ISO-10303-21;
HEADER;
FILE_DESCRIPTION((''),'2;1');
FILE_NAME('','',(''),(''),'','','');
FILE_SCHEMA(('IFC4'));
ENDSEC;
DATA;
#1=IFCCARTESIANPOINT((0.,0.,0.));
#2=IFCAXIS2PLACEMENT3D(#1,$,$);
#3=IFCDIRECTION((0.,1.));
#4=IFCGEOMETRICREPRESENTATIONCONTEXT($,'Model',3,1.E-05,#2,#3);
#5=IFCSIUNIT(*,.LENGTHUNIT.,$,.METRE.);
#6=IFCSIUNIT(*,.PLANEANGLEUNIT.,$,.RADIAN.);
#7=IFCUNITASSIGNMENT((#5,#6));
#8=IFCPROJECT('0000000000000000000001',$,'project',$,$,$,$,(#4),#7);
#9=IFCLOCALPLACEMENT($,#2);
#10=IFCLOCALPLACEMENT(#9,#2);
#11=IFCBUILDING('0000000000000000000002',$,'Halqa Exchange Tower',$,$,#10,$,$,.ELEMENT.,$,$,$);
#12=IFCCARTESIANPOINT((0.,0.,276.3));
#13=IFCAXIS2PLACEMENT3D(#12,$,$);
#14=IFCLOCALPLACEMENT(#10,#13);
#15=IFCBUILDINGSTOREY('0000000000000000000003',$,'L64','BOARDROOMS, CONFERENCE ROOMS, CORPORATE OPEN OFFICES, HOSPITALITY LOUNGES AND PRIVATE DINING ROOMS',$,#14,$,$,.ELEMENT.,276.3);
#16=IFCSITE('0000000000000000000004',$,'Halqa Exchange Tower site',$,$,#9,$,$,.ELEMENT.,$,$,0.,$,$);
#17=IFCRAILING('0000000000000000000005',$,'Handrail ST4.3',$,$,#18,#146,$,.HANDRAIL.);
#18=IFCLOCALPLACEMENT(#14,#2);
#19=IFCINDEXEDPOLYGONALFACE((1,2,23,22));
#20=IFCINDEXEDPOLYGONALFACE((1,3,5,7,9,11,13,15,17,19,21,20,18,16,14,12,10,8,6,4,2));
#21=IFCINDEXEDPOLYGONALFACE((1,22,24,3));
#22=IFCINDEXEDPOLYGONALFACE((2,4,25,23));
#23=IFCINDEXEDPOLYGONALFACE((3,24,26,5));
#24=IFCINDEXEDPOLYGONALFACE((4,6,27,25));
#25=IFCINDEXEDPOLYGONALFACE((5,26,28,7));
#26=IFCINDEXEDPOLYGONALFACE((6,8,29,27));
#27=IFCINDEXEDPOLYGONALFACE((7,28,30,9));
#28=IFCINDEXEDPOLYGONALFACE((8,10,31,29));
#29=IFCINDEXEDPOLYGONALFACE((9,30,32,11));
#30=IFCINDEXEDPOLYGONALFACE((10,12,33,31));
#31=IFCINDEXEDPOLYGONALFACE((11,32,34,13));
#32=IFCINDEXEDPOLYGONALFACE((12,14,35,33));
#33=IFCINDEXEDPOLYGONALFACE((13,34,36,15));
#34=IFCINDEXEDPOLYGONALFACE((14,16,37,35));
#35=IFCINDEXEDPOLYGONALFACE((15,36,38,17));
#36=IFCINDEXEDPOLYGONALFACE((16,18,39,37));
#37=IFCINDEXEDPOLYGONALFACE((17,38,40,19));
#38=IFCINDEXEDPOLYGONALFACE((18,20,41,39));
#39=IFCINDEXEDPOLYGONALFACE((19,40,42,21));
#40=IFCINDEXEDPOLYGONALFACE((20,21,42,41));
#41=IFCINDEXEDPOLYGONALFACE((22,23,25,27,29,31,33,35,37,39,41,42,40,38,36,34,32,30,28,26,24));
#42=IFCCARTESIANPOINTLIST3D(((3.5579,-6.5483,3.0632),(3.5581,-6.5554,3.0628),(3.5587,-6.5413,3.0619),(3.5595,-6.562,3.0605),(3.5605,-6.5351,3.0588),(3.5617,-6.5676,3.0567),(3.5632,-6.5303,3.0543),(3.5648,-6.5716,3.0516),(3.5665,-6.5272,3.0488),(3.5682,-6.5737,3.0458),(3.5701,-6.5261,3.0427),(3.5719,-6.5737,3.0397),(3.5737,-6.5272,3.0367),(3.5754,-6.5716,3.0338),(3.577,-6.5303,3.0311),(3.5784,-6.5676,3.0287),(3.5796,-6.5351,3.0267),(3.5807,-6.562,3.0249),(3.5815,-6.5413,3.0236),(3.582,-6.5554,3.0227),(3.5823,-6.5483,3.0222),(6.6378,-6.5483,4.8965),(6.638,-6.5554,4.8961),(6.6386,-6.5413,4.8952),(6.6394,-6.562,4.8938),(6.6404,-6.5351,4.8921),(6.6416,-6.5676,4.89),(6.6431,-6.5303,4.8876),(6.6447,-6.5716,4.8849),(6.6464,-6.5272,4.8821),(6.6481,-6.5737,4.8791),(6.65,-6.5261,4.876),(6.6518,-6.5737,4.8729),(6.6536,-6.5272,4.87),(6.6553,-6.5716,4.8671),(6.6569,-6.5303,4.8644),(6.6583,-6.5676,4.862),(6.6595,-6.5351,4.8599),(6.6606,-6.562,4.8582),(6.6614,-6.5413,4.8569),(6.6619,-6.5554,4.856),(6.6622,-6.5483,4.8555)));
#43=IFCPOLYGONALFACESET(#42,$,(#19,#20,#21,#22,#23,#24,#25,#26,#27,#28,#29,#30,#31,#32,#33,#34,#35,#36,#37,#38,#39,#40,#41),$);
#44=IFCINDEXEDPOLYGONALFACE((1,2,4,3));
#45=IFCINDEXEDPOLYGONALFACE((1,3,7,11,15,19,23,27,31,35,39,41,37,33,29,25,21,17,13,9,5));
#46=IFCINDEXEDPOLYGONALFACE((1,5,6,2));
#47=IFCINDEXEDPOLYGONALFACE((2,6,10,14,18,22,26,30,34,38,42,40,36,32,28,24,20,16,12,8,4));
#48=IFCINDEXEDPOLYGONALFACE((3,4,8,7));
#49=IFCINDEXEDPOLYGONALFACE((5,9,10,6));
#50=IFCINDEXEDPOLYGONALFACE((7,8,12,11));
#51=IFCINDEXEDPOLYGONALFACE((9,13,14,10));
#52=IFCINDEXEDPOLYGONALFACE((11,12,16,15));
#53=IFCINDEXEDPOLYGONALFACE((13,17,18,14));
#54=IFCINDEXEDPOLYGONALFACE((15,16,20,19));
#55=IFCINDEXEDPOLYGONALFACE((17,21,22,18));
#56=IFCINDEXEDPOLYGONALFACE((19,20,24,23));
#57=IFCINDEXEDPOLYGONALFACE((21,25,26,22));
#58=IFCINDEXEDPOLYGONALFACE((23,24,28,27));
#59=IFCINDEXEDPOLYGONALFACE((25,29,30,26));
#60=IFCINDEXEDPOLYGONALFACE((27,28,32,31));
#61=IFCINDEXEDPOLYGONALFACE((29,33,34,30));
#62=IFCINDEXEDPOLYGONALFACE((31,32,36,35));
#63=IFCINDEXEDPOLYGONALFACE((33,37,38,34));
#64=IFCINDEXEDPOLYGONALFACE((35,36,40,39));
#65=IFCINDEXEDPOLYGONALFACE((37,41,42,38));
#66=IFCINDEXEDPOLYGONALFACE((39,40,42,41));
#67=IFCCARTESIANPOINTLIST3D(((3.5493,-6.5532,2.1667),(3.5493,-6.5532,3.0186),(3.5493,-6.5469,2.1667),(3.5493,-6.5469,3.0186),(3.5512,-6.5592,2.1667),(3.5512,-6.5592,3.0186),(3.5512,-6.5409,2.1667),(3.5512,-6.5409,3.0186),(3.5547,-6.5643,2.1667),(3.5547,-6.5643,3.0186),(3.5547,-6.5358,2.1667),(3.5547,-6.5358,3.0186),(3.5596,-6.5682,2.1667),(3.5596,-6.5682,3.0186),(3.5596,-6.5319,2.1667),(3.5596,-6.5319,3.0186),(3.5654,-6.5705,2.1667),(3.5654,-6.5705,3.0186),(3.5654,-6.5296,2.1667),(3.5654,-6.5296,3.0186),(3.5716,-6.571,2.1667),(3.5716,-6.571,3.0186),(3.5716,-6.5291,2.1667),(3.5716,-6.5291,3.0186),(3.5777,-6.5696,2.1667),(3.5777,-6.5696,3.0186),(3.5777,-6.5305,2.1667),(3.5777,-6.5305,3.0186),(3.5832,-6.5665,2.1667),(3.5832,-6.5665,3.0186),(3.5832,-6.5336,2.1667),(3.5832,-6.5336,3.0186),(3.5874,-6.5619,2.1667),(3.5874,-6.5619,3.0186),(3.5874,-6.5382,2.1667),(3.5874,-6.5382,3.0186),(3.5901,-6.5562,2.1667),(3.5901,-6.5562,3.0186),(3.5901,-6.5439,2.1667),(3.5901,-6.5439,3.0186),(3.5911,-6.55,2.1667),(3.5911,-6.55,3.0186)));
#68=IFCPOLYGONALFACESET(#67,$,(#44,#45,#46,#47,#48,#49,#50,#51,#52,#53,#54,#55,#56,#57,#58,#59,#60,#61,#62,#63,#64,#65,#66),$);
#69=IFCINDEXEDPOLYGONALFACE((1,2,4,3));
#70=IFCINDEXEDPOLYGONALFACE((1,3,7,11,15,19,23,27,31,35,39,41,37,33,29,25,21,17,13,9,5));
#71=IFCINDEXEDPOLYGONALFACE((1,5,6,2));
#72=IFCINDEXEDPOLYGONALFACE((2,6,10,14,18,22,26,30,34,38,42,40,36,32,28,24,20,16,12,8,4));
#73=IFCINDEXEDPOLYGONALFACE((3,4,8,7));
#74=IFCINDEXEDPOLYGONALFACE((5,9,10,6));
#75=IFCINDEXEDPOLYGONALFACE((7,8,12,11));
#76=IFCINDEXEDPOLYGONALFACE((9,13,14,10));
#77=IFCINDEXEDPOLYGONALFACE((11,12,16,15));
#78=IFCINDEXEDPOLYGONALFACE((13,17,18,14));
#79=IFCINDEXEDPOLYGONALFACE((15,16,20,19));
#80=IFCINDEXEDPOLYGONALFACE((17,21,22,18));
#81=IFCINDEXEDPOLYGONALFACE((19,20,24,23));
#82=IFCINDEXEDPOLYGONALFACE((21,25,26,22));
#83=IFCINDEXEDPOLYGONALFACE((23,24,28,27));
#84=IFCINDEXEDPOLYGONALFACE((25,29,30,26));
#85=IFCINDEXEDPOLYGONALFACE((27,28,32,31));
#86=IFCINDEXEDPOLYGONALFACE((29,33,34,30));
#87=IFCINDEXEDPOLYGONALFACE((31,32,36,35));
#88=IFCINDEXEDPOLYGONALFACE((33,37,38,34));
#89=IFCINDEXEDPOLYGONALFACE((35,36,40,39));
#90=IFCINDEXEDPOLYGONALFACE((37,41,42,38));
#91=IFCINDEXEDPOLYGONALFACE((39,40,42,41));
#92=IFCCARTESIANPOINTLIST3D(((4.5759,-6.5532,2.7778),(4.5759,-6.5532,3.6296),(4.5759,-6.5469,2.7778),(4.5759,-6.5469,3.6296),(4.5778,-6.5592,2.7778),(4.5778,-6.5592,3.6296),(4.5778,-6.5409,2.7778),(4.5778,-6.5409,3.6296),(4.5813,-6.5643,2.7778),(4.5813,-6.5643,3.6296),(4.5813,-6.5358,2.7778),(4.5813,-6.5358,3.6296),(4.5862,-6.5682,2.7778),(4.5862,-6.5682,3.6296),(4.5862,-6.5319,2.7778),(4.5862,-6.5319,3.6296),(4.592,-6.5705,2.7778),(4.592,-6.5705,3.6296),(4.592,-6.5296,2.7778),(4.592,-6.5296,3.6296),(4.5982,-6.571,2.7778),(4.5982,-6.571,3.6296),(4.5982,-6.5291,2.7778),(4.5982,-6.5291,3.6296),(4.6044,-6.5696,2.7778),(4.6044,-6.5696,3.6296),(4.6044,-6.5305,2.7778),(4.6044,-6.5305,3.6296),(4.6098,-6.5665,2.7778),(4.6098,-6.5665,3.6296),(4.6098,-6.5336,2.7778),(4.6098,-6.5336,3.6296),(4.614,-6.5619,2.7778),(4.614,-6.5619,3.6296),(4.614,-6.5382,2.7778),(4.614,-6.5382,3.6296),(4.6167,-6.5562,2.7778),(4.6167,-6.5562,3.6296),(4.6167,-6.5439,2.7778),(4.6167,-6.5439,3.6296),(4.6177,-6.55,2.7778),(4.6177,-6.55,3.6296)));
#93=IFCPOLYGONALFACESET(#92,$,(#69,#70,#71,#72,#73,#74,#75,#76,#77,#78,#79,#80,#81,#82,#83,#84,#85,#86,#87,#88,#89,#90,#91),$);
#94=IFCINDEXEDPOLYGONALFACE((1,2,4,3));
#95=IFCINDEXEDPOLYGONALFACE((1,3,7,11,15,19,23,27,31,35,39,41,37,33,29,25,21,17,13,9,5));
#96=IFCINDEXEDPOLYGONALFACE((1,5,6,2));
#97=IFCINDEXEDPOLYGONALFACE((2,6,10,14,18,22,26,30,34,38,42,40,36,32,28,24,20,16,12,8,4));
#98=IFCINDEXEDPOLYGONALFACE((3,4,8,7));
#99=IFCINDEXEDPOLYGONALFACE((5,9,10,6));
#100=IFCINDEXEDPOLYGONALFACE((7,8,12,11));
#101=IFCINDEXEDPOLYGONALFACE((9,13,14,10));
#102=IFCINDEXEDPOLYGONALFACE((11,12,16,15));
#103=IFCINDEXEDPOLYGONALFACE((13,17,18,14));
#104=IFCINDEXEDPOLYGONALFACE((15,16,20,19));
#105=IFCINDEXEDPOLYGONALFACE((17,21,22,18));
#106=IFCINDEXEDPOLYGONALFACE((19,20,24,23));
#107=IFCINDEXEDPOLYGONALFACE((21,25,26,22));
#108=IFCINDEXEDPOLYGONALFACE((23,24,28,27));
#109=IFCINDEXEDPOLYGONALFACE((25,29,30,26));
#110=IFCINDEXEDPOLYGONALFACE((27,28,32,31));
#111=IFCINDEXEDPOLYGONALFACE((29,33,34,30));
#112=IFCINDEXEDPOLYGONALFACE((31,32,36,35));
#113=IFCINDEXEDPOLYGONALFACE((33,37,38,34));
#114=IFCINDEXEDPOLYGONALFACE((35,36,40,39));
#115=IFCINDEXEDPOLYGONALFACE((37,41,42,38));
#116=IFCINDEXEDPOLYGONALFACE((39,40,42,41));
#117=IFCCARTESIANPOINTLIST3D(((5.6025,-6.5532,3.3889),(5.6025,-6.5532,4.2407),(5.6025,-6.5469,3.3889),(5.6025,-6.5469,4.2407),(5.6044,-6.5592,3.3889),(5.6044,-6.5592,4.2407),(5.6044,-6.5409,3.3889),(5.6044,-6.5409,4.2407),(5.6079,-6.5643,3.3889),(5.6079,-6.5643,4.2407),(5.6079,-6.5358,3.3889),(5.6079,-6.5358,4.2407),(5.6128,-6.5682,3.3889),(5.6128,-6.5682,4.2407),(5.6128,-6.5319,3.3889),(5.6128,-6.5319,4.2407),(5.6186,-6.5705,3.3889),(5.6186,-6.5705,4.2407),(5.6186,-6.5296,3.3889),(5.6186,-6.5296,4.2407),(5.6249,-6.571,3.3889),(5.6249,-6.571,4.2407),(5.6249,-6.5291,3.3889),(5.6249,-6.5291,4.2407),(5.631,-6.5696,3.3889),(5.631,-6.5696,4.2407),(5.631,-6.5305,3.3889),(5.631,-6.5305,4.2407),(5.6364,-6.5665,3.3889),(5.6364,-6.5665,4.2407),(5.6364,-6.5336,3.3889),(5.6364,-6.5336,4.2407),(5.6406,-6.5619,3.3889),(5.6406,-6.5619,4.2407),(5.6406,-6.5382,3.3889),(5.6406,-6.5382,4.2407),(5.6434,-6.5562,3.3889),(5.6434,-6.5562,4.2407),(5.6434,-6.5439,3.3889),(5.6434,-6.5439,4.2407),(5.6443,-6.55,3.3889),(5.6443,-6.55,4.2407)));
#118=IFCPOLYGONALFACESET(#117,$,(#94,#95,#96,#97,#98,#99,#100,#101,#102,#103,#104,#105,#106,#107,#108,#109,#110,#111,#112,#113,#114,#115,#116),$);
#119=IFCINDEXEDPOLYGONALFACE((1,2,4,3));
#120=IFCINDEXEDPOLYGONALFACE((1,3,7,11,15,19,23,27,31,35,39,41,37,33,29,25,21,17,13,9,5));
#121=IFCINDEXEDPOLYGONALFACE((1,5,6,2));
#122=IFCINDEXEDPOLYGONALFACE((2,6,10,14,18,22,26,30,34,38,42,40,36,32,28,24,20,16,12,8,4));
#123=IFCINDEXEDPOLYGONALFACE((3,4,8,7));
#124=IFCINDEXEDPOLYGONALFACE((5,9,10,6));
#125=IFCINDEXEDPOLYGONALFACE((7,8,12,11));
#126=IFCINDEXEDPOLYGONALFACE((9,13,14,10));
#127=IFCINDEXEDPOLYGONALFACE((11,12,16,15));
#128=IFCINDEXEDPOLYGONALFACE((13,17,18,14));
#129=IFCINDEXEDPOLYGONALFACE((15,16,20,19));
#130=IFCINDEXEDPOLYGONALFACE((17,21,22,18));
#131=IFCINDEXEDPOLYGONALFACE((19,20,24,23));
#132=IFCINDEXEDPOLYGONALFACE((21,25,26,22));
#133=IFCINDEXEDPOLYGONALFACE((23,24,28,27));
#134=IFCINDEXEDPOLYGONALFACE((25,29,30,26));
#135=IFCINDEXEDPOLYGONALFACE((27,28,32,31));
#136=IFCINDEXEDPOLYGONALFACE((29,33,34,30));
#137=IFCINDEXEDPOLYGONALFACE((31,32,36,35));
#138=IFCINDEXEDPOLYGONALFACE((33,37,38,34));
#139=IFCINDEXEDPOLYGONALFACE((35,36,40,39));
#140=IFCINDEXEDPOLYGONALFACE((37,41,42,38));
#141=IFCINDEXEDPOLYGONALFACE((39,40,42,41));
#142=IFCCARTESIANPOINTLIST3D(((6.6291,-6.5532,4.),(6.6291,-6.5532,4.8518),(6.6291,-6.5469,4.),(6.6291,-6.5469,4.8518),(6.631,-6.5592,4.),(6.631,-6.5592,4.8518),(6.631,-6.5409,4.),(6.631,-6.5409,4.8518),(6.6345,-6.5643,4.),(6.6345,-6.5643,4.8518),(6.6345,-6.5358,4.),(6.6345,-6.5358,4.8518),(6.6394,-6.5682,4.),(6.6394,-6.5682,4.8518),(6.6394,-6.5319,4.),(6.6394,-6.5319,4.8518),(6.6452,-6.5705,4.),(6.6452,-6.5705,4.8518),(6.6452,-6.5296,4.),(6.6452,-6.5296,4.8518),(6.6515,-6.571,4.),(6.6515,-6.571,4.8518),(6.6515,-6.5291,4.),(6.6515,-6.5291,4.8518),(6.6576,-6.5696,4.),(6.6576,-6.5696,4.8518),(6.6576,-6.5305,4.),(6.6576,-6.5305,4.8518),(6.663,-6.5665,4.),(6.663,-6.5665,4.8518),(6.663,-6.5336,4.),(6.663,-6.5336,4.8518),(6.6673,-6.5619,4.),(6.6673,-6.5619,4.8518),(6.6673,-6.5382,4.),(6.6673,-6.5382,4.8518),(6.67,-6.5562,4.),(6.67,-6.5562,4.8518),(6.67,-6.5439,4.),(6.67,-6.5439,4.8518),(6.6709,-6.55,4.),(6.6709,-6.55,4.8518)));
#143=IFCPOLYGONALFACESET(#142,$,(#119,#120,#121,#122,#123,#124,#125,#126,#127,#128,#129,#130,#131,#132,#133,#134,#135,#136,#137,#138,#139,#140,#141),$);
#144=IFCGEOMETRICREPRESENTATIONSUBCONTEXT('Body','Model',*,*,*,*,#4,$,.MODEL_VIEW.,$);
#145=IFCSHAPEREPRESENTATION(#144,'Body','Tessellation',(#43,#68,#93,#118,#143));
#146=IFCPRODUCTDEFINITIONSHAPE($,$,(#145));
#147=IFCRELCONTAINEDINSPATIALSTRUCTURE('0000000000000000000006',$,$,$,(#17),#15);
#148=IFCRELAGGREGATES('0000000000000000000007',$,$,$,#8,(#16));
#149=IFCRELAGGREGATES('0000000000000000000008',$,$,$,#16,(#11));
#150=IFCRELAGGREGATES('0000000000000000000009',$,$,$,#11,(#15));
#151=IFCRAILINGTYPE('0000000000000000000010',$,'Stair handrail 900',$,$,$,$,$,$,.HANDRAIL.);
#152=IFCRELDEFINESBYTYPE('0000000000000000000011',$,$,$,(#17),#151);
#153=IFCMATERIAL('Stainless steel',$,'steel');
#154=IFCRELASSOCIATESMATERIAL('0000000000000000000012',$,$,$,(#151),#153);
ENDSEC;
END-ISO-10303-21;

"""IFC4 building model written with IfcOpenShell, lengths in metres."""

from ifc_helpers import new_model, si_unit, direction, frame, origin, origin_2d, place, context, subcontext, project, spatial, circle, extrude, material, type_object, element, save


model = new_model("IFC4")

# Units and contexts
model_context = context("Model", 3, precision=1e-05, world=origin(), true_north=direction((0.0, 1.0)))
body_context = subcontext(model_context, "Body", "Model", "MODEL_VIEW")
ifc_project = project(units=[si_unit("LENGTHUNIT", "METRE"), si_unit("PLANEANGLEUNIT", "RADIAN")], contexts=[model_context])

# Site, building, storey
site_placement = place(None, origin())
site = spatial("IfcSite", under=ifc_project, at=site_placement, Name="Halqa Exchange Tower site", CompositionType="ELEMENT", RefElevation=0.0)
building_placement = place(site_placement, origin())
building = spatial("IfcBuilding", under=site, at=building_placement, Name="Halqa Exchange Tower", CompositionType="ELEMENT")
storey_placement = place(building_placement, frame((0.0, 0.0, 276.3)))
storey = spatial("IfcBuildingStorey", under=building, at=storey_placement, Name="L64", Description="BOARDROOMS, CONFERENCE ROOMS, CORPORATE OPEN OFFICES, HOSPITALITY LOUNGES AND PRIVATE DINING ROOMS", CompositionType="ELEMENT", Elevation=276.3)

# Railing
ifc_material_1 = material(Name="Stainless steel", Category="steel")
railing_type_1 = type_object("IfcRailingType", Name="Stair handrail 900", PredefinedType="HANDRAIL", material=ifc_material_1)
railing_1_placement = place(storey_placement, frame((3.5701, -6.55, 2.1667)))
element("IfcRailing", 1, at=railing_1_placement, inside=storey, type_object=railing_type_1, Name="Handrail ST4.3", PredefinedType="HANDRAIL", context=body_context, shape_type="SweptSolid", body=[
    extrude(circle(Radius=0.0239, at=origin_2d()), frame((0.0, 0.0, 0.876), z_axis=(0.859291, 0.0, 0.511487), x_axis=(0.0, 1.0, 0.0)), (0.0, 0.0, 1.0), 3.5842),
    extrude(circle(Radius=0.021, at=origin_2d()), origin(), (0.0, 0.0, 1.0), 0.8518),
    extrude(circle(Radius=0.021, at=origin_2d()), frame((1.0266, 0.0, 0.6111)), (0.0, 0.0, 1.0), 0.8518),
    extrude(circle(Radius=0.021, at=origin_2d()), frame((2.0532, 0.0, 1.2222)), (0.0, 0.0, 1.0), 0.8518),
    extrude(circle(Radius=0.021, at=origin_2d()), frame((3.0798, 0.0, 1.8333)), (0.0, 0.0, 1.0), 0.8518),
])

save(model, "model.ifc")
